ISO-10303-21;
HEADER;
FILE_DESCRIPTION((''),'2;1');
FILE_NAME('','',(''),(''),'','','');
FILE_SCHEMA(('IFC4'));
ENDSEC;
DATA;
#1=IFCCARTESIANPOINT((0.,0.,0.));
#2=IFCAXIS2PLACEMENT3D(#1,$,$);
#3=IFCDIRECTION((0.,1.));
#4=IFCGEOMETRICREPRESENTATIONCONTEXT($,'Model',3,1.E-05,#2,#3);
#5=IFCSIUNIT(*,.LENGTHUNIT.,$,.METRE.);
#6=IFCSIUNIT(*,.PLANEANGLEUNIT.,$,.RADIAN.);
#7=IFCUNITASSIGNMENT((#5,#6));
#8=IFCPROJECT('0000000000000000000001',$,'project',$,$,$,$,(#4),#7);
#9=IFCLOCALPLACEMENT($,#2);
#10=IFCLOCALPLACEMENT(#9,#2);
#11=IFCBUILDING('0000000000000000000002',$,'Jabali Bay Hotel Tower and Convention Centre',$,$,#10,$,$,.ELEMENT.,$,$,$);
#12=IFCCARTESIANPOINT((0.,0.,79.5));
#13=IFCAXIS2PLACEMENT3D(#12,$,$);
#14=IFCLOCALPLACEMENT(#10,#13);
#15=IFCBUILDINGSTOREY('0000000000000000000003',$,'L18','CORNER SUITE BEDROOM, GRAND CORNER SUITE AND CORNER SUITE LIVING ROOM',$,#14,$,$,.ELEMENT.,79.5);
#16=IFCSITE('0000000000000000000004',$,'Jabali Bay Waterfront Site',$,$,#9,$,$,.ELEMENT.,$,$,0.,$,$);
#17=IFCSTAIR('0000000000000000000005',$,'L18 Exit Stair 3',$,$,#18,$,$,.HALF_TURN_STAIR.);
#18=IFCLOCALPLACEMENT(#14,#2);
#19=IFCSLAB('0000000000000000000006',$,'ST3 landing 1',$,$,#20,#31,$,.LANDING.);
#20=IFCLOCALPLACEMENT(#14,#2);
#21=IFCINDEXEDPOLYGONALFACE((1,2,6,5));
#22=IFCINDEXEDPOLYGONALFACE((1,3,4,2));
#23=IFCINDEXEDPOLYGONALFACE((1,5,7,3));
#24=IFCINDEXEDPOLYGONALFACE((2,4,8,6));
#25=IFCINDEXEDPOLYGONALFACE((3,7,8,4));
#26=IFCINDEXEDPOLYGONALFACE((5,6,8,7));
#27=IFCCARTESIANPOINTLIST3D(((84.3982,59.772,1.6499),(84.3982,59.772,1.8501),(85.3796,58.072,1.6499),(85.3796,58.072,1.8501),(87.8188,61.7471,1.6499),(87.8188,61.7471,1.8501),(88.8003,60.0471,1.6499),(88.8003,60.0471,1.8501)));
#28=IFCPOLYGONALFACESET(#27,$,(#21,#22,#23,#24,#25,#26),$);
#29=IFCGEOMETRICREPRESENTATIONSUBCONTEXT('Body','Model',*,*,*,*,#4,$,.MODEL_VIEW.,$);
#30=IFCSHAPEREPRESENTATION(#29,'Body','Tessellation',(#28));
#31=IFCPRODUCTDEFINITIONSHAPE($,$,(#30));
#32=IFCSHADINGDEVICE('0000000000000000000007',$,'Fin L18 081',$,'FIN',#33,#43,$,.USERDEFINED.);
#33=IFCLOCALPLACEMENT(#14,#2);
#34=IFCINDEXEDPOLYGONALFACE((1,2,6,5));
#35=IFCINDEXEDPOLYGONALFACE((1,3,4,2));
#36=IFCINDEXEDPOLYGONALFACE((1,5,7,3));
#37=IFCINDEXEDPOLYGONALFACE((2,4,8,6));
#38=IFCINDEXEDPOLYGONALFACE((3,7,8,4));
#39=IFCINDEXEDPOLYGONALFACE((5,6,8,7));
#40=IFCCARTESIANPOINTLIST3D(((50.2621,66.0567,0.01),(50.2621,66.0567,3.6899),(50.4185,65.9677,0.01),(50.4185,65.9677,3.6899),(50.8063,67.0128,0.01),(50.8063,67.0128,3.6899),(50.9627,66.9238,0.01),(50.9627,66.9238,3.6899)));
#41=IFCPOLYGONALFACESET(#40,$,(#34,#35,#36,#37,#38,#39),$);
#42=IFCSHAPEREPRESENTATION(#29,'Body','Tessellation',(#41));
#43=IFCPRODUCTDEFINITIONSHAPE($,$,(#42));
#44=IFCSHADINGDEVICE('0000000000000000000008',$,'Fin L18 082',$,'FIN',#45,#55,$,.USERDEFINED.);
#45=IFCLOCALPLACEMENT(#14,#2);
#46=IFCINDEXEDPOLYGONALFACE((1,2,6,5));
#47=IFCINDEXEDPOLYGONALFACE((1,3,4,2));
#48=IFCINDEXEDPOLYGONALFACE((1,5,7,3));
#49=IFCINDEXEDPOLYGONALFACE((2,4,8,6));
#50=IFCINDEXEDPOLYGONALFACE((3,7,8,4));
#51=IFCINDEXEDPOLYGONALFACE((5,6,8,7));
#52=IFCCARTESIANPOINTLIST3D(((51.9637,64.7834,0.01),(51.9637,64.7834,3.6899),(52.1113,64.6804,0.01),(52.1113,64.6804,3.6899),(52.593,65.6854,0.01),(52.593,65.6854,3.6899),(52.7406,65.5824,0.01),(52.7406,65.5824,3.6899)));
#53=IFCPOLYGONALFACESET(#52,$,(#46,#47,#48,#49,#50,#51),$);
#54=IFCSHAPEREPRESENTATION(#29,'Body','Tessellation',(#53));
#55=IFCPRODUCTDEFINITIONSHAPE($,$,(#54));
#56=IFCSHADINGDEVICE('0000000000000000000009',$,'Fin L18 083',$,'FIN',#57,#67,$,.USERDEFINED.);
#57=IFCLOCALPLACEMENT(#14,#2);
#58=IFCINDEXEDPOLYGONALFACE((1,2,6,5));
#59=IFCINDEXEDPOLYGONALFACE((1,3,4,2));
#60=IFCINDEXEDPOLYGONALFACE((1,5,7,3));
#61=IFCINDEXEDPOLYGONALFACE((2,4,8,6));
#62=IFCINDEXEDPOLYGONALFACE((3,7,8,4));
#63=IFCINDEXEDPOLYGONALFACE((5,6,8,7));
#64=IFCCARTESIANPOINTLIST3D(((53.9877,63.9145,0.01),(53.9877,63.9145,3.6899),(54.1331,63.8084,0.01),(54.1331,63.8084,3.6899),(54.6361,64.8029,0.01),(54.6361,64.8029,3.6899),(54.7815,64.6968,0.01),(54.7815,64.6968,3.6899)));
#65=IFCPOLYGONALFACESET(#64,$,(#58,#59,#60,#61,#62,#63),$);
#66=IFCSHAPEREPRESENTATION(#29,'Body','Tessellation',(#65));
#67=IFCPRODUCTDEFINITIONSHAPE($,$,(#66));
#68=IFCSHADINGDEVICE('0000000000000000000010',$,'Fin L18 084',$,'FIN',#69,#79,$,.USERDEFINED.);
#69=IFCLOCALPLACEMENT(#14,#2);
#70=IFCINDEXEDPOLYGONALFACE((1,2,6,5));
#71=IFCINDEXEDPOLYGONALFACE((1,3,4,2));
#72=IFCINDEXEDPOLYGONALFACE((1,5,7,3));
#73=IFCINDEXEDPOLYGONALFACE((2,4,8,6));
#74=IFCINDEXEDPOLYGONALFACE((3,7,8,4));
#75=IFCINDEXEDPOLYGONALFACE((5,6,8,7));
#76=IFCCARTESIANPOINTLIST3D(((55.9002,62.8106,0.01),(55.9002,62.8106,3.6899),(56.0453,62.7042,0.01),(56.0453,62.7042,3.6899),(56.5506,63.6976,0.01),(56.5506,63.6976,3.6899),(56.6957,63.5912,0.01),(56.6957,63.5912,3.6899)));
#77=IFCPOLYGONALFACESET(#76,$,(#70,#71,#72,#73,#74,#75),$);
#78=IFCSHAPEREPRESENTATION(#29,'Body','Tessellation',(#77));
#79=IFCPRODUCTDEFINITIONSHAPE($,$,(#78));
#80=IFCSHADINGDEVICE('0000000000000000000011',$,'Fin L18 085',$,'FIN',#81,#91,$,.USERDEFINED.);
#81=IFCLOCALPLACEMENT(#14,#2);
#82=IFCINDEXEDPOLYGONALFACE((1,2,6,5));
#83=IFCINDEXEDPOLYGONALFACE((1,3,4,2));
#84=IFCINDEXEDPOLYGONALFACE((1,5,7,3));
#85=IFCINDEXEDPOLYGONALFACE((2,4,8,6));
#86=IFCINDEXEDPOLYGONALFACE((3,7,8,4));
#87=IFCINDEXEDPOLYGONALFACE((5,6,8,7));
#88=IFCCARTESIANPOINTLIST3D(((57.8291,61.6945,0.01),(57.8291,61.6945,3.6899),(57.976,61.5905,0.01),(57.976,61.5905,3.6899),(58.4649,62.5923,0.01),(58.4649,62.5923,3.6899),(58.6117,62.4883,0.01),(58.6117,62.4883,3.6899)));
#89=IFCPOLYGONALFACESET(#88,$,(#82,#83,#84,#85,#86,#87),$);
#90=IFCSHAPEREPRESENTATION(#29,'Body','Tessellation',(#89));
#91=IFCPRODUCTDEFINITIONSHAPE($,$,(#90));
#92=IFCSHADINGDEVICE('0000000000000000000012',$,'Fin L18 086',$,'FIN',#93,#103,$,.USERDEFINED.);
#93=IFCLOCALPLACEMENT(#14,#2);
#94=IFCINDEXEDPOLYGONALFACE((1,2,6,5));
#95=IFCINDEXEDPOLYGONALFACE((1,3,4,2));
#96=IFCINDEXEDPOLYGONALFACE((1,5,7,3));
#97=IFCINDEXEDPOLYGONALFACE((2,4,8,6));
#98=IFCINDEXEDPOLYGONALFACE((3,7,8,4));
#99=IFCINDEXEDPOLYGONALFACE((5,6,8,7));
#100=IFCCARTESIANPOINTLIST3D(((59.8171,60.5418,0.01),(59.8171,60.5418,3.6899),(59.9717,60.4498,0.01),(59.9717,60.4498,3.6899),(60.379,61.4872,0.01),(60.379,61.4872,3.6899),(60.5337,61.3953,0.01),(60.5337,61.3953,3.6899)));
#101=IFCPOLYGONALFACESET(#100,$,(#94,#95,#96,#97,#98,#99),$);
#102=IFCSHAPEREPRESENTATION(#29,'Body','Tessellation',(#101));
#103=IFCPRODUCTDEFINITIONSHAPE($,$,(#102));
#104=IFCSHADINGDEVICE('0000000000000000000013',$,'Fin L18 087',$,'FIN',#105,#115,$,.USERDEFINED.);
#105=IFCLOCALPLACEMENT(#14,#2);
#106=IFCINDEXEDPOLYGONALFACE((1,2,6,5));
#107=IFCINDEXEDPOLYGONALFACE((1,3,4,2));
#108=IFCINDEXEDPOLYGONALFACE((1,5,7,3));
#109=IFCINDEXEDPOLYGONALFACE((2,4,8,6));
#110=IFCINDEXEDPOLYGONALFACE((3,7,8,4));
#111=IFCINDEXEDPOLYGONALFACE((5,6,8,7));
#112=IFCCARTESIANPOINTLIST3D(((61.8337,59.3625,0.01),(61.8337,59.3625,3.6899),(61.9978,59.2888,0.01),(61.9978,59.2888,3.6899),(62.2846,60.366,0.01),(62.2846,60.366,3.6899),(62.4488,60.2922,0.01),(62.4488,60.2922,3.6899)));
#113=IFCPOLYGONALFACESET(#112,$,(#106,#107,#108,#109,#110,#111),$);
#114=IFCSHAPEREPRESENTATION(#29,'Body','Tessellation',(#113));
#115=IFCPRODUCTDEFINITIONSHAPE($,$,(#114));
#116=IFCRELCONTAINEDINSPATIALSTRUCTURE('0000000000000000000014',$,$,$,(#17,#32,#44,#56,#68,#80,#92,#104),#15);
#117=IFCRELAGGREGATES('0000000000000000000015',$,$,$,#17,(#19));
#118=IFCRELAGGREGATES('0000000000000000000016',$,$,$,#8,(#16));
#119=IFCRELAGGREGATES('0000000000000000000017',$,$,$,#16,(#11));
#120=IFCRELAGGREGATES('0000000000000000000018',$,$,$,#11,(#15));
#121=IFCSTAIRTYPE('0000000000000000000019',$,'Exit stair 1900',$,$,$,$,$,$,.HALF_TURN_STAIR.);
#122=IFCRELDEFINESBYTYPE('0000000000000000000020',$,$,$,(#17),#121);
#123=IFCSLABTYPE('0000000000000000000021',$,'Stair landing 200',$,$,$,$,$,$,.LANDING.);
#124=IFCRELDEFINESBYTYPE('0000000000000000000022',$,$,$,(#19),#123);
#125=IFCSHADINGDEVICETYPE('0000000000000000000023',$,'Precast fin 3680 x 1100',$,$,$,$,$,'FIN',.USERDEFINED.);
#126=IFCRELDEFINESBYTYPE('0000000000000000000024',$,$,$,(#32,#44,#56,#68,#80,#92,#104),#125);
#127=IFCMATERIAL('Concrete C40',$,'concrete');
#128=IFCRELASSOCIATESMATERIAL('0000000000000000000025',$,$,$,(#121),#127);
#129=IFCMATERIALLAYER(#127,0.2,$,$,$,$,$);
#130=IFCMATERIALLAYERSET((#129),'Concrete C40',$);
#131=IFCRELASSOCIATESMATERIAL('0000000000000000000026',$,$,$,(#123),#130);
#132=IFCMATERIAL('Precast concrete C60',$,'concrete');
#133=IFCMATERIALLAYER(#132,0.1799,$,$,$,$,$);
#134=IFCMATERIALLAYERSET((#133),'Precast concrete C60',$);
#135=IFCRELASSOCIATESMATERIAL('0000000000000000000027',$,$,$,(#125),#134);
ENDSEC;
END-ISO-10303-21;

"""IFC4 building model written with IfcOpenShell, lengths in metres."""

from ifc_helpers import new_model, si_unit, direction, frame, frame_2d, origin, place, context, subcontext, project, spatial, polyline, rectangle, outline, extrude, material, layer, layer_set, type_object, element, aggregate, save


model = new_model("IFC4")

# Units and contexts
model_context = context("Model", 3, precision=1e-05, world=origin(), true_north=direction((0.0, 1.0)))
body_context = subcontext(model_context, "Body", "Model", "MODEL_VIEW")
ifc_project = project(units=[si_unit("LENGTHUNIT", "METRE"), si_unit("PLANEANGLEUNIT", "RADIAN")], contexts=[model_context])

# Site, building, storey
site_placement = place(None, origin())
site = spatial("IfcSite", under=ifc_project, at=site_placement, Name="Jabali Bay Waterfront Site", CompositionType="ELEMENT", RefElevation=0.0)
building_placement = place(site_placement, origin())
building = spatial("IfcBuilding", under=site, at=building_placement, Name="Jabali Bay Hotel Tower and Convention Centre", CompositionType="ELEMENT")
storey_placement = place(building_placement, frame((0.0, 0.0, 79.5)))
storey = spatial("IfcBuildingStorey", under=building, at=storey_placement, Name="L18", Description="CORNER SUITE BEDROOM, GRAND CORNER SUITE AND CORNER SUITE LIVING ROOM", CompositionType="ELEMENT", Elevation=79.5)

# Shared definitions
ifc_material_1 = material(Name="Concrete C40", Category="concrete")

# Stair, slab
stair_type = type_object("IfcStairType", Name="Exit stair 1900", PredefinedType="HALF_TURN_STAIR", material=ifc_material_1)
ifc_layer_1 = layer(ifc_material_1, 0.2)
ifc_layer_set_1 = layer_set([ifc_layer_1], Name="Concrete C40")
slab_type_1 = type_object("IfcSlabType", Name="Stair landing 200", PredefinedType="LANDING", material=ifc_layer_set_1)
stair_1_placement = place(storey_placement, origin())
stair_1 = element("IfcStair", 1, at=stair_1_placement, inside=storey, type_object=stair_type, Name="L18 Exit Stair 3", PredefinedType="HALF_TURN_STAIR")
slab_1_placement = place(storey_placement, frame((0.0, 0.0, 1.6499)))
slab_1 = element("IfcSlab", 2, at=slab_1_placement, type_object=slab_type_1, Name="ST3 landing 1", PredefinedType="LANDING", context=body_context, shape_type="SweptSolid", body=[
    extrude(outline(polyline([(84.3982, 59.772), (85.3796, 58.072), (88.8003, 60.0471), (87.8188, 61.7471), (84.3982, 59.772)])), origin(), (0.0, 0.0, 1.0), 0.2002),
])
aggregate(stair_1, [slab_1])

# Shading devices
ifc_material_2 = material(Name="Precast concrete C60", Category="concrete")
ifc_layer_2 = layer(ifc_material_2, 0.1799)
ifc_layer_set_2 = layer_set([ifc_layer_2], Name="Precast concrete C60")
shading_device_type = type_object("IfcShadingDeviceType", Name="Precast fin 3680 x 1100", ElementType="FIN", PredefinedType="USERDEFINED", material=ifc_layer_set_2)
shading_device_1_placement = place(storey_placement, frame((50.8845, 66.9683, 0.01), z_axis=(0.0, 0.0, 1.0), x_axis=(-0.49468, -0.869075, 0.0)))
element("IfcShadingDevice", 3, at=shading_device_1_placement, inside=storey, type_object=shading_device_type, Name="Fin L18 081", ObjectType="FIN", PredefinedType="USERDEFINED", context=body_context, shape_type="SweptSolid", body=[
    extrude(rectangle(XDim=1.1001, YDim=0.1799, at=frame_2d((0.55, 0.0))), origin(), (0.0, 0.0, 1.0), 3.6799),
])
for number, where, z_axis, x_axis, name in (
    (4, (52.6667, 65.6338, 0.01), (0.0, 0.0, 1.0), (-0.572195, -0.820117, 0.0), "Fin L18 082"),
    (5, (54.7087, 64.7498, 0.01), (0.0, 0.0, 1.0), (-0.589543, -0.807737, 0.0), "Fin L18 083"),
    (6, (56.623, 63.6443, 0.01), (0.0, 0.0, 1.0), (-0.591335, -0.806426, 0.0), "Fin L18 084"),
):
    element("IfcShadingDevice", number, at=place(storey_placement, frame(where, z_axis=z_axis, x_axis=x_axis)), inside=storey, type_object=shading_device_type, Name=name, ObjectType="FIN", PredefinedType="USERDEFINED", context=body_context, shape_type="SweptSolid", body=[
        extrude(rectangle(XDim=1.0999, YDim=0.1799, at=frame_2d((0.5498, 0.0))), origin(), (0.0, 0.0, 1.0), 3.6799),
    ])
shading_device_2_placement = place(storey_placement, frame((58.5383, 62.5403, 0.01), z_axis=(0.0, 0.0, 1.0), x_axis=(-0.577937, -0.816081, 0.0)))
element("IfcShadingDevice", 7, at=shading_device_2_placement, inside=storey, type_object=shading_device_type, Name="Fin L18 085", ObjectType="FIN", PredefinedType="USERDEFINED", context=body_context, shape_type="SweptSolid", body=[
    extrude(rectangle(XDim=1.1001, YDim=0.1799, at=frame_2d((0.55, 0.0))), origin(), (0.0, 0.0, 1.0), 3.6799),
])
shading_device_3_placement = place(storey_placement, frame((60.4563, 61.4412, 0.01), z_axis=(0.0, 0.0, 1.0), x_axis=(-0.510934, -0.85962, 0.0)))
element("IfcShadingDevice", 8, at=shading_device_3_placement, inside=storey, type_object=shading_device_type, Name="Fin L18 086", ObjectType="FIN", PredefinedType="USERDEFINED", context=body_context, shape_type="SweptSolid", body=[
    extrude(rectangle(XDim=1.0999, YDim=0.1799, at=frame_2d((0.5498, 0.0))), origin(), (0.0, 0.0, 1.0), 3.6799),
])
shading_device_4_placement = place(storey_placement, frame((62.3667, 60.3291, 0.01), z_axis=(0.0, 0.0, 1.0), x_axis=(-0.409903, -0.912129, 0.0)))
element("IfcShadingDevice", 9, at=shading_device_4_placement, inside=storey, type_object=shading_device_type, Name="Fin L18 087", ObjectType="FIN", PredefinedType="USERDEFINED", context=body_context, shape_type="SweptSolid", body=[
    extrude(rectangle(XDim=1.1001, YDim=0.1799, at=frame_2d((0.55, 0.0))), origin(), (0.0, 0.0, 1.0), 3.6799),
])

save(model, "model.ifc")
